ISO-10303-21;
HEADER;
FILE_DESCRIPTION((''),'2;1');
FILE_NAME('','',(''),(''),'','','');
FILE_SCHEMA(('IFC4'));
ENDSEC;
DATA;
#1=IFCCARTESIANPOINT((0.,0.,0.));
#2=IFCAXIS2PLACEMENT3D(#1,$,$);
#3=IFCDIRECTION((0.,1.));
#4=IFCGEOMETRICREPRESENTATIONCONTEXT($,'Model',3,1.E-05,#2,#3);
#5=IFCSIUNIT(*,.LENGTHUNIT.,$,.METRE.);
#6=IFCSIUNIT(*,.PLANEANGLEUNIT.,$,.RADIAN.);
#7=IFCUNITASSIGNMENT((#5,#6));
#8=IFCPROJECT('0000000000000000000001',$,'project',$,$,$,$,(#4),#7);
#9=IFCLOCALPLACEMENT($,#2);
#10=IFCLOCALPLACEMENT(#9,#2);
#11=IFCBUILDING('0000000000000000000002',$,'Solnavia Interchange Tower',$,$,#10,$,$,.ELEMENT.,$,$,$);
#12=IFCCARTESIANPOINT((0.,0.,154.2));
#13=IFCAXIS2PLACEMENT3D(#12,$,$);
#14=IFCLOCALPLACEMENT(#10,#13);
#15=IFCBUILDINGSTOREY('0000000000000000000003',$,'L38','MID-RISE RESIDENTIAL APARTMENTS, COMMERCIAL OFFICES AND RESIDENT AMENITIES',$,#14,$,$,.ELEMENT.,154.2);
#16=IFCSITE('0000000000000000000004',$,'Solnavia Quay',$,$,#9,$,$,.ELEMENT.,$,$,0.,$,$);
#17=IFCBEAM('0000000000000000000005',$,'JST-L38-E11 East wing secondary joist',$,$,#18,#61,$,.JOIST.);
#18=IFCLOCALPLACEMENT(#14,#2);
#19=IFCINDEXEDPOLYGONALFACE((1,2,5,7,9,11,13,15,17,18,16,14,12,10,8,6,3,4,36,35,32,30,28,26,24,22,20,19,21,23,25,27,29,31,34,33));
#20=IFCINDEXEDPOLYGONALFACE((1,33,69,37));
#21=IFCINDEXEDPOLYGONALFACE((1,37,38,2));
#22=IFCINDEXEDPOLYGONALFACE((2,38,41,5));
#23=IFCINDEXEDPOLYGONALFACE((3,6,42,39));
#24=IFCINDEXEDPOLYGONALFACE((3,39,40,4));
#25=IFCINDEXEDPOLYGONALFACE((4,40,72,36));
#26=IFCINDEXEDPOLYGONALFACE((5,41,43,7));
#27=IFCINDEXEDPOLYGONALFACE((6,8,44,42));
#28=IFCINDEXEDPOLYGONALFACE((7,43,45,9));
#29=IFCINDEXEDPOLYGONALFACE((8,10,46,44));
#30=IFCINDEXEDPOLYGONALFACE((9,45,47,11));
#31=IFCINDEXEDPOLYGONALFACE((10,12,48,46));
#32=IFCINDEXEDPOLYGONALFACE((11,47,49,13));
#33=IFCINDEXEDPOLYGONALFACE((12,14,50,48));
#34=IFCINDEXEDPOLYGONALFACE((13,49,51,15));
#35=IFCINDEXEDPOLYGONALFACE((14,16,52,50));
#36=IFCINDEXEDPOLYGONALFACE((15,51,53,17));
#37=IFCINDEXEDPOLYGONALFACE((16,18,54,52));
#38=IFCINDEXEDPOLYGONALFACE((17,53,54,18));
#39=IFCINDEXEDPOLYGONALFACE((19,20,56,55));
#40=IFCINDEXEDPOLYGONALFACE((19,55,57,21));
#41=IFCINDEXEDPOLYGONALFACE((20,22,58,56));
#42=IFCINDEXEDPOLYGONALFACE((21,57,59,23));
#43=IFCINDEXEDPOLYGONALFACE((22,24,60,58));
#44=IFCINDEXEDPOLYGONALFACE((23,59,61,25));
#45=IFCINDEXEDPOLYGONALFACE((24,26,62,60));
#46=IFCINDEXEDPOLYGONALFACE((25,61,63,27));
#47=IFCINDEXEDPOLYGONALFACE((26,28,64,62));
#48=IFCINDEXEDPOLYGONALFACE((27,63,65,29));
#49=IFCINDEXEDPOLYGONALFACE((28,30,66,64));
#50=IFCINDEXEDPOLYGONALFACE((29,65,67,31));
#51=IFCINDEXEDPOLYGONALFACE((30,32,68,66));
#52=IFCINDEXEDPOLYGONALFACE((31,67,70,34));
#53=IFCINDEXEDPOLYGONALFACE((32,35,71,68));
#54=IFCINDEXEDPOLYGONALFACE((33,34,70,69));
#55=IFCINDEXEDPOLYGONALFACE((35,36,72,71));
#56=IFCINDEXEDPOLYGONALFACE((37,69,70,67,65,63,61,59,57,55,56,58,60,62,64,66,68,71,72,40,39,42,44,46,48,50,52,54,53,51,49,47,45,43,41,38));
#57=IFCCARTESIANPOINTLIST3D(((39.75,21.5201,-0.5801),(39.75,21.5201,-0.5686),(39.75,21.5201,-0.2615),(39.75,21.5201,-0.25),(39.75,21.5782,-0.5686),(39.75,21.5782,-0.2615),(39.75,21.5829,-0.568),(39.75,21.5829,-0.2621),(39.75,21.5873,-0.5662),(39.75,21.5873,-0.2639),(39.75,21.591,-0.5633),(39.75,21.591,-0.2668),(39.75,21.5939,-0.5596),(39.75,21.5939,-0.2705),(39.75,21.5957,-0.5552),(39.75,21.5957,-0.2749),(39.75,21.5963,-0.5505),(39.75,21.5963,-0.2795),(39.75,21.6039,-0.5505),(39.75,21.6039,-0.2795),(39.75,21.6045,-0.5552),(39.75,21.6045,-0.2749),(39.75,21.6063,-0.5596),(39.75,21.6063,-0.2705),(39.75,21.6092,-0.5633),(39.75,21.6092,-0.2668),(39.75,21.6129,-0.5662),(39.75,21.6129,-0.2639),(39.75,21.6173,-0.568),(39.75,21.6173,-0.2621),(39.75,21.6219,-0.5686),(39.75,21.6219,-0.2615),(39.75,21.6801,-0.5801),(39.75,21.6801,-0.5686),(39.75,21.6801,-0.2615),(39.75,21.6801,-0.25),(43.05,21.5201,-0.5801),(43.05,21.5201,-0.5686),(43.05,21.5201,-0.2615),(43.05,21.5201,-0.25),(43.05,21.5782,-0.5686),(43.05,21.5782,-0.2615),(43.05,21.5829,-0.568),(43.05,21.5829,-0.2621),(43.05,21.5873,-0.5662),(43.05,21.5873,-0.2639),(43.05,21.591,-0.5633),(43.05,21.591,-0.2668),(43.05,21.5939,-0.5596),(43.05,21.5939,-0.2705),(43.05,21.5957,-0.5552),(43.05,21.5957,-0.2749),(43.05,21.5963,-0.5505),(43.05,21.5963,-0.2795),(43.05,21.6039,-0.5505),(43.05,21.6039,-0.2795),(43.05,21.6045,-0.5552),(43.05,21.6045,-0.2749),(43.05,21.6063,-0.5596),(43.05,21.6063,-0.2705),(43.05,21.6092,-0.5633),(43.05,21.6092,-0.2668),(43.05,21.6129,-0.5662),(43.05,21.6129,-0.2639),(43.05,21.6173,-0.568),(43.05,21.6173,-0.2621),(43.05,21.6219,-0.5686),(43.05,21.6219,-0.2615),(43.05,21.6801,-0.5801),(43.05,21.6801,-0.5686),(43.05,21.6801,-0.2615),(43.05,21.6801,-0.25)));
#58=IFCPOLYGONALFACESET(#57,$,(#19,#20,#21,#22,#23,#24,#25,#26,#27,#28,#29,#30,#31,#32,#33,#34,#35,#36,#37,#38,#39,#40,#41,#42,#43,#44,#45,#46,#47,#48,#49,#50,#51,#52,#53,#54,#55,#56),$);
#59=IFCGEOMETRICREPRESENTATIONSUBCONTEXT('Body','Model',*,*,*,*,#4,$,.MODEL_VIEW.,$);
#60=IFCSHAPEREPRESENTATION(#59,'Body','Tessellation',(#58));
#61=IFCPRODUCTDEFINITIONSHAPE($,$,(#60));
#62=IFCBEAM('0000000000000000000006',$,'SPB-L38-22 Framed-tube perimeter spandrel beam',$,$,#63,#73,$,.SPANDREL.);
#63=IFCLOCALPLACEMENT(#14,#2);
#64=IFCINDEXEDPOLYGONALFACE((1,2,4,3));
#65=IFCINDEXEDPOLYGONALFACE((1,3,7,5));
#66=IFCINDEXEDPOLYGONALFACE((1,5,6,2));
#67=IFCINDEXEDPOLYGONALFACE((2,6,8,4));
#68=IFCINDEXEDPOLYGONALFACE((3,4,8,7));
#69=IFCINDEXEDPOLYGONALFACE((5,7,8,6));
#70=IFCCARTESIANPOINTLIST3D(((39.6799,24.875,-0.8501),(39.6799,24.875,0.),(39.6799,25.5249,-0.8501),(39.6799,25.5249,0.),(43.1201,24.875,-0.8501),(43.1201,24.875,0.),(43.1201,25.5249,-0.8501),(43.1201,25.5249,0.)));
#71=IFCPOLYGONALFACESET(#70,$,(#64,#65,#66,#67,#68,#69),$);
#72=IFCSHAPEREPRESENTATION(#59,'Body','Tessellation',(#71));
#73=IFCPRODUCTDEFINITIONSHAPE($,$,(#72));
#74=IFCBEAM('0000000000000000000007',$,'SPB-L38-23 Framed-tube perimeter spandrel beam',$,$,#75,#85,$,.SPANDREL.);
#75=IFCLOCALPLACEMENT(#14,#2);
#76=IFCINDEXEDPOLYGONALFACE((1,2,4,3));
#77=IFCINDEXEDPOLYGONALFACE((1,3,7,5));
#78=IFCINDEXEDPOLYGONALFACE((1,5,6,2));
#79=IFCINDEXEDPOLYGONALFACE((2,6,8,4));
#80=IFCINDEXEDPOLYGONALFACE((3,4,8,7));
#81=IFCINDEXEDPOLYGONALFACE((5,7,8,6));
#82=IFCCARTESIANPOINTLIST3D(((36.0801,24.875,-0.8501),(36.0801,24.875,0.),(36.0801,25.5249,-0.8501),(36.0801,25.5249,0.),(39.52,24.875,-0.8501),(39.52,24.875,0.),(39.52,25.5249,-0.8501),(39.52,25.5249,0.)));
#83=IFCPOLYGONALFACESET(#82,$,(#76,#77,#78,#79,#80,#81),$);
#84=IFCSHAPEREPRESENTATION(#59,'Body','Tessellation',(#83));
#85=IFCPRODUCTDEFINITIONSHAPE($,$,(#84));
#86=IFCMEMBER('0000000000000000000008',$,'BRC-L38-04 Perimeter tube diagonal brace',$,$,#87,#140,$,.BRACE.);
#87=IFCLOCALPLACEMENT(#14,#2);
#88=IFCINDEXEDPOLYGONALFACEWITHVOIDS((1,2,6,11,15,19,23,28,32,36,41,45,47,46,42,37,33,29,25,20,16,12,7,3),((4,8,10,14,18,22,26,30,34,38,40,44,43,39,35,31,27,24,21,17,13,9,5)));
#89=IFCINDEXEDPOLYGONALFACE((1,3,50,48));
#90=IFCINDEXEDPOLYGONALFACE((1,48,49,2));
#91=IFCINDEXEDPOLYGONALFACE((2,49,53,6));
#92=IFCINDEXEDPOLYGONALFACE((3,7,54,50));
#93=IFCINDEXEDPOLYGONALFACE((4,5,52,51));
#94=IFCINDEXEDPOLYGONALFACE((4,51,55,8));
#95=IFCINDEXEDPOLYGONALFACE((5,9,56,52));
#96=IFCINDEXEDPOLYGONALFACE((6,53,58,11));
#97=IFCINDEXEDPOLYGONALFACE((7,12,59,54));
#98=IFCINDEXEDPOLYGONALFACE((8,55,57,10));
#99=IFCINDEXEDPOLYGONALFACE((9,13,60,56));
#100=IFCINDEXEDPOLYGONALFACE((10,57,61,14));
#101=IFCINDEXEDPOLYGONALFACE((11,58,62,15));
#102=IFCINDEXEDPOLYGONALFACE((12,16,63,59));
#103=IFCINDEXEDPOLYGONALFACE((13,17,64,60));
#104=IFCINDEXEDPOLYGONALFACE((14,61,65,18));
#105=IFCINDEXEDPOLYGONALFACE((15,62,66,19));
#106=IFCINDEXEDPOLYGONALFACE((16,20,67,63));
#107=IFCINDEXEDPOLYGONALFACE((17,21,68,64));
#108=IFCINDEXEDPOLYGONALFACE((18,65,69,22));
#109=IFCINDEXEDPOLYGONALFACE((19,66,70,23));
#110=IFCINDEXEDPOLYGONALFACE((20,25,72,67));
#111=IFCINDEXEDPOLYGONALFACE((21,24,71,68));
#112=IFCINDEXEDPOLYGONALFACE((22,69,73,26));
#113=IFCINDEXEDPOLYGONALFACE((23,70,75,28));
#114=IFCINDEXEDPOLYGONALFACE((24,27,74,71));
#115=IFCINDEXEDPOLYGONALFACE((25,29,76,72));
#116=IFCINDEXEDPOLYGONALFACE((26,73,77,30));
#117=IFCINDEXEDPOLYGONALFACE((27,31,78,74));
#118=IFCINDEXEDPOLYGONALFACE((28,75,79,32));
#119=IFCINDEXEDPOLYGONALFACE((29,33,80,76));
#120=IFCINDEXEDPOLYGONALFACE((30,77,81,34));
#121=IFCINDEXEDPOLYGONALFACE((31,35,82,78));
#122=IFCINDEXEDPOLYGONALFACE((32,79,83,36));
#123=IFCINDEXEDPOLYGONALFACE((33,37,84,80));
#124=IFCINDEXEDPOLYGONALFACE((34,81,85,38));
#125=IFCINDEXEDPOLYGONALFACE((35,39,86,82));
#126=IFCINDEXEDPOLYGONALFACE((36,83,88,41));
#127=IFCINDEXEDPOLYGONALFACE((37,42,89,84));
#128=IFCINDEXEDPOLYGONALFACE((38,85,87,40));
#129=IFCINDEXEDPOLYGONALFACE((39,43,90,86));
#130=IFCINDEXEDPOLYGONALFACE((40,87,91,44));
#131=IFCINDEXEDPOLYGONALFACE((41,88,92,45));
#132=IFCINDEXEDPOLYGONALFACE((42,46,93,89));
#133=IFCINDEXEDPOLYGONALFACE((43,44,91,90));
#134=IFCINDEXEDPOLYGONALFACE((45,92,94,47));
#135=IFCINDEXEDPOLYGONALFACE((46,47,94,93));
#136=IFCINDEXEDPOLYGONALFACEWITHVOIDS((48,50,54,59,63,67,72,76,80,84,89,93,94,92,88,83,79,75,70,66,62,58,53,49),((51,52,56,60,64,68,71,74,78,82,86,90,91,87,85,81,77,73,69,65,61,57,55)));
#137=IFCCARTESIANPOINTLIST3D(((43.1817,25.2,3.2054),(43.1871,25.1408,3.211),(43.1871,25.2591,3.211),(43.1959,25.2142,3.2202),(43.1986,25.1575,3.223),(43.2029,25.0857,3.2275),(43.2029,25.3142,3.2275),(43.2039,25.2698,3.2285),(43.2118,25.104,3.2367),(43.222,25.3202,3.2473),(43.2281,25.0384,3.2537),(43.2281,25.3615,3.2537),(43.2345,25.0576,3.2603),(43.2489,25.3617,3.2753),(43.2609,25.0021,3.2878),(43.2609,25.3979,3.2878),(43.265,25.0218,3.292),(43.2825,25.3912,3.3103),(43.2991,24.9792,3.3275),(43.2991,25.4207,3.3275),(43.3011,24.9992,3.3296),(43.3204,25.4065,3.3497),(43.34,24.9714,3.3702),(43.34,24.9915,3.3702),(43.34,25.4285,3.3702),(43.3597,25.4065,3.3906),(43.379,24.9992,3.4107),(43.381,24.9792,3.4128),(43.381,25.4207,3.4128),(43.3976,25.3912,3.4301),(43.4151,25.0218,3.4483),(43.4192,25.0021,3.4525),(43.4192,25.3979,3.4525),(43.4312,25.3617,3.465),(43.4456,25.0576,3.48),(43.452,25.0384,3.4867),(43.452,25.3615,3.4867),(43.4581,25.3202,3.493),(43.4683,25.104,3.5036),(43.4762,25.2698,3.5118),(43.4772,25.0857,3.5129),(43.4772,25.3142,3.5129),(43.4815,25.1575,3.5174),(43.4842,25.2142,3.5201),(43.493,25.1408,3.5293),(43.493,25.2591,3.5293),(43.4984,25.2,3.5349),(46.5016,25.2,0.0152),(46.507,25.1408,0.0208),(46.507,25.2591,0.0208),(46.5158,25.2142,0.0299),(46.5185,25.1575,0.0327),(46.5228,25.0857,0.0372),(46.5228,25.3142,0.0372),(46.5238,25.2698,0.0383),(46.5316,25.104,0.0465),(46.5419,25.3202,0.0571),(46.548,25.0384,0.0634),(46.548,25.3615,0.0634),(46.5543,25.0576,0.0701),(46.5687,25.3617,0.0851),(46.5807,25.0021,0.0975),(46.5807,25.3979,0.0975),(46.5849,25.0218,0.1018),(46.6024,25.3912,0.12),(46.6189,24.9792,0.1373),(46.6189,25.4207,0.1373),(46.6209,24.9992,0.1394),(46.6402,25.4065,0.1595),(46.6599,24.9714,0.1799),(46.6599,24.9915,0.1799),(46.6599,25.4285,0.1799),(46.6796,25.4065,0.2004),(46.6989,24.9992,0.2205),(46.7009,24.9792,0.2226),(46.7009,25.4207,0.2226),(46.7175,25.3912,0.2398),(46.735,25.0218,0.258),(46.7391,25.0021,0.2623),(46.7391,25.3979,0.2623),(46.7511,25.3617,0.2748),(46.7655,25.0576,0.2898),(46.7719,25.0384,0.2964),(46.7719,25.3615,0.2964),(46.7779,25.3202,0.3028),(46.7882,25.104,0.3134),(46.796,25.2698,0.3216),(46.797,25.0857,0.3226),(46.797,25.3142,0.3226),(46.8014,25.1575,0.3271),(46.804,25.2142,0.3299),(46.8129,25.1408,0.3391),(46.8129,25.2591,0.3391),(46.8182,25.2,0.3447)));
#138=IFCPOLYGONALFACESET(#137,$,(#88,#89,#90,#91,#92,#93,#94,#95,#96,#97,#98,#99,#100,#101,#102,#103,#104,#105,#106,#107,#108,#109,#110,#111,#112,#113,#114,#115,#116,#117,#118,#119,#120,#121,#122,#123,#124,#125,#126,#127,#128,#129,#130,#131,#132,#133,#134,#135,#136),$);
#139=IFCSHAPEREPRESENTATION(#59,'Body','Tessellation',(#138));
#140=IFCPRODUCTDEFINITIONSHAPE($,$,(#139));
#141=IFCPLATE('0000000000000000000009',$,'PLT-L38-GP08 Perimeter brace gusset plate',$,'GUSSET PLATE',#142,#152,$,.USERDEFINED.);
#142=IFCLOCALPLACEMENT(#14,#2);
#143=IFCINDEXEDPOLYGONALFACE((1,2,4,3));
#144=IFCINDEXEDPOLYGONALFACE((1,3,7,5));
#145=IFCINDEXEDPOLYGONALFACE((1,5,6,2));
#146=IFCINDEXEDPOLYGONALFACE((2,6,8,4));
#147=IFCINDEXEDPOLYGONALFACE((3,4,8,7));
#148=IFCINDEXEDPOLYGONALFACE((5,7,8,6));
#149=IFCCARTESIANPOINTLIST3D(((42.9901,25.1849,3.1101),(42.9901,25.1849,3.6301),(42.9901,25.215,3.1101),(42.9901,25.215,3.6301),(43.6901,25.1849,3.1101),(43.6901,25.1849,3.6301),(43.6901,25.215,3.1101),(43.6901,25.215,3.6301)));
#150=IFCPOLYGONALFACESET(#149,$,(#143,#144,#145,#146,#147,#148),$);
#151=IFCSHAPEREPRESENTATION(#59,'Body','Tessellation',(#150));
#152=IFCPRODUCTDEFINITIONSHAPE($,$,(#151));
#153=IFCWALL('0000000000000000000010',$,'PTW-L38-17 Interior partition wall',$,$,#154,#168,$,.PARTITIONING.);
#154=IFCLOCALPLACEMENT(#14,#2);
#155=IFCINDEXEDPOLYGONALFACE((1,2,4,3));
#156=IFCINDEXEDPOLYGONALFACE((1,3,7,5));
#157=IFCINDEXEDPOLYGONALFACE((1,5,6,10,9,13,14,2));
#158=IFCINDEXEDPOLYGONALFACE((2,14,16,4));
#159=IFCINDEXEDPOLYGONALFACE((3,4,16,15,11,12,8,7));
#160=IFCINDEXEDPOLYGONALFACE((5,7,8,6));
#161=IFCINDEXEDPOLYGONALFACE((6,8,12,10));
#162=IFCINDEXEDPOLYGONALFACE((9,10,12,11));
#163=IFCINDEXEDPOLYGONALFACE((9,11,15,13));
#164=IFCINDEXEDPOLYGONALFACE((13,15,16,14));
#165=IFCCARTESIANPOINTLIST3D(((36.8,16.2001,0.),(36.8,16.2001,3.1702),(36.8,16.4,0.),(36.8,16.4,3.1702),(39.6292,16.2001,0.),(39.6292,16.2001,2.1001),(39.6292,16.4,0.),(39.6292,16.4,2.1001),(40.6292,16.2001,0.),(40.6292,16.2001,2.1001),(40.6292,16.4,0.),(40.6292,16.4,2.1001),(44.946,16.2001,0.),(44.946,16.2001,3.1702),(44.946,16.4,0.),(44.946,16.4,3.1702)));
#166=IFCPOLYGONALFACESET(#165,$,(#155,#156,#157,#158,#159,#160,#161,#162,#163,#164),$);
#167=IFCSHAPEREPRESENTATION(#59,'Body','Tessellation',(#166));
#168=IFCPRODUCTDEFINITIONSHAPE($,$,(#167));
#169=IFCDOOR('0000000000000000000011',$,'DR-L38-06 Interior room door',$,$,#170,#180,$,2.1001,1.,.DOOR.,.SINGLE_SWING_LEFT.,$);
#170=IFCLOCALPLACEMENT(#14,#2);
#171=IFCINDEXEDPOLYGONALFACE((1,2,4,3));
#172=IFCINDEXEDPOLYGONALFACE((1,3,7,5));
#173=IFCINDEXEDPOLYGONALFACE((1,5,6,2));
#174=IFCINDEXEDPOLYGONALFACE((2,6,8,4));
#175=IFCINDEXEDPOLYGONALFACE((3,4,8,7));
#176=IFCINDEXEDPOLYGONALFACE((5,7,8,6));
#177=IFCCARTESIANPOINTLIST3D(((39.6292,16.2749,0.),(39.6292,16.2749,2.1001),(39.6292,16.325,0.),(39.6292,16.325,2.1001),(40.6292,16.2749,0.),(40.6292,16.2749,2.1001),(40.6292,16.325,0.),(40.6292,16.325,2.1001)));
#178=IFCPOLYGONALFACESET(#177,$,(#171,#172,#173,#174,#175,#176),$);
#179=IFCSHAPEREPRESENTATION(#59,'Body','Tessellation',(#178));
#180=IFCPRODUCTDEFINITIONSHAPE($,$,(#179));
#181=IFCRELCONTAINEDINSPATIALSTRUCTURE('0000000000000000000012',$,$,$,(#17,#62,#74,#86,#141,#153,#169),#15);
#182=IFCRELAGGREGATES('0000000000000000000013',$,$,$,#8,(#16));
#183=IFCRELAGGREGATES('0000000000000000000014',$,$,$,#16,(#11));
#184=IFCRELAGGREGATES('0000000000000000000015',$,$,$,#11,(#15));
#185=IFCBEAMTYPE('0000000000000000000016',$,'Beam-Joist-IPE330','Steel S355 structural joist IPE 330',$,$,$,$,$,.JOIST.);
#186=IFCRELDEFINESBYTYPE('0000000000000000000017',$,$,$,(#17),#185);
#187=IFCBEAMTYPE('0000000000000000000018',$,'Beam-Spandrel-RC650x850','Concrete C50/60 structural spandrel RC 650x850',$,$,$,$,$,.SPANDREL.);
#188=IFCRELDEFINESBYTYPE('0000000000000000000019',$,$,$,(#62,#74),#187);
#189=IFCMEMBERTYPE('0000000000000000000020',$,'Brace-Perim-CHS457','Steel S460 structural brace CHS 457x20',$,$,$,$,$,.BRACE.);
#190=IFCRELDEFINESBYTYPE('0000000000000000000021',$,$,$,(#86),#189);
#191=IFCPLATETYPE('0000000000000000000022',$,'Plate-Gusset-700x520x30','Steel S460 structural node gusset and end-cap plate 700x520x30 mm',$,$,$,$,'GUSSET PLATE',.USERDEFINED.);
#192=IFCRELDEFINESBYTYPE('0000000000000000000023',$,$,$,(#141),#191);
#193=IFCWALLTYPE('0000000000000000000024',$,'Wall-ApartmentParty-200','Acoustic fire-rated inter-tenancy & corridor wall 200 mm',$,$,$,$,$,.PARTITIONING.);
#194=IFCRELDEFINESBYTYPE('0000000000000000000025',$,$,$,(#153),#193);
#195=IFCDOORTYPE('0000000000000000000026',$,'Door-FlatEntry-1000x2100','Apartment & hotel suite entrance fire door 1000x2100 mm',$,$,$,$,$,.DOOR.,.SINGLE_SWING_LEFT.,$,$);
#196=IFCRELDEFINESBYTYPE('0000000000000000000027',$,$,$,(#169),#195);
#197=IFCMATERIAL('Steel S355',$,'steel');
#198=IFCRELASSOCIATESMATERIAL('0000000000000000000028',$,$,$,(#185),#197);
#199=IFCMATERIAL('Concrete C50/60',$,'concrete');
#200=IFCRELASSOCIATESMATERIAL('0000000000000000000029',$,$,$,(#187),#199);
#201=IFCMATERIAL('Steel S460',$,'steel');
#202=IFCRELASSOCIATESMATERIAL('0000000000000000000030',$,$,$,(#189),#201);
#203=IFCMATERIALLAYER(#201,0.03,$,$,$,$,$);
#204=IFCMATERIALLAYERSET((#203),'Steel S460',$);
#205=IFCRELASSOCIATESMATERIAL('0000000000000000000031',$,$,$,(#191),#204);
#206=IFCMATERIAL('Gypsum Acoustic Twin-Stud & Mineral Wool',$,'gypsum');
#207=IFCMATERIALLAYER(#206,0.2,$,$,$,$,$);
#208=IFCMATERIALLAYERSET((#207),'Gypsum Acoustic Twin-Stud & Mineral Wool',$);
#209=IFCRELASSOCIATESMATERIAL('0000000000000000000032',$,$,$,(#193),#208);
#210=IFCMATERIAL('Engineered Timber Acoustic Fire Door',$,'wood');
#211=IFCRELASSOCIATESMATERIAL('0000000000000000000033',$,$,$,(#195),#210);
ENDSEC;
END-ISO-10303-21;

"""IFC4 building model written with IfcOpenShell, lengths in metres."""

from ifc_helpers import new_model, si_unit, direction, frame, frame_2d, origin, origin_2d, place, context, subcontext, project, spatial, rectangle, hollow_circle, i_section, extrude, material, layer, layer_set, material_profile, profile_set, type_object, element, fill, save


model = new_model("IFC4")

# Units and contexts
model_context = context("Model", 3, precision=1e-05, world=origin(), true_north=direction((0.0, 1.0)))
body_context = subcontext(model_context, "Body", "Model", "MODEL_VIEW")
ifc_project = project(units=[si_unit("LENGTHUNIT", "METRE"), si_unit("PLANEANGLEUNIT", "RADIAN")], contexts=[model_context])

# Site, building, storey
site_placement = place(None, origin())
site = spatial("IfcSite", under=ifc_project, at=site_placement, Name="Solnavia Quay", CompositionType="ELEMENT", RefElevation=0.0)
building_placement = place(site_placement, origin())
building = spatial("IfcBuilding", under=site, at=building_placement, Name="Solnavia Interchange Tower", CompositionType="ELEMENT")
storey_placement = place(building_placement, frame((0.0, 0.0, 154.2)))
storey = spatial("IfcBuildingStorey", under=building, at=storey_placement, Name="L38", Description="MID-RISE RESIDENTIAL APARTMENTS, COMMERCIAL OFFICES AND RESIDENT AMENITIES", CompositionType="ELEMENT", Elevation=154.2)

# Shared definitions
ifc_material_1 = material(Name="Concrete C50/60", Category="concrete")

# Beams
ifc_material_2 = material(Name="Steel S355", Category="steel")
ifc_material_profile_1 = material_profile(ifc_material_2, i_section(OverallWidth=0.1599, OverallDepth=0.3301, WebThickness=0.0076, FlangeThickness=0.0115, FilletRadius=0.0181, at=origin_2d()), Name="IPE 330")
ifc_profile_set_1 = profile_set([ifc_material_profile_1], Name="Steel S355")
beam_type_1 = type_object("IfcBeamType", Name="Beam-Joist-IPE330", Description="Steel S355 structural joist IPE 330", PredefinedType="JOIST", material=ifc_profile_set_1)
for number, where, z_axis, x_axis, name in (
    (1, (39.75, 21.6001, -0.415), (1.0, 0.0, 0.0), (0.0, 1.0, 0.0), "JST-L38-E11 East wing secondary joist"),
):
    element("IfcBeam", number, at=place(storey_placement, frame(where, z_axis=z_axis, x_axis=x_axis)), inside=storey, type_object=beam_type_1, Name=name, PredefinedType="JOIST", context=body_context, shape_type="SweptSolid", body=[
        extrude(i_section(OverallWidth=0.1599, OverallDepth=0.3301, WebThickness=0.0076, FlangeThickness=0.0115, FilletRadius=0.0181, at=origin_2d()), origin(), (0.0, 0.0, 1.0), 3.3),
    ])
ifc_material_profile_2 = material_profile(ifc_material_1, rectangle(XDim=0.6499, YDim=0.8501, at=origin_2d()), Name="RC 650x850")
ifc_profile_set_2 = profile_set([ifc_material_profile_2], Name="Concrete C50/60")
beam_type_2 = type_object("IfcBeamType", Name="Beam-Spandrel-RC650x850", Description="Concrete C50/60 structural spandrel RC 650x850", PredefinedType="SPANDREL", material=ifc_profile_set_2)
beam_1_placement = place(storey_placement, frame((43.1201, 25.2, -0.425), z_axis=(-1.0, 0.0, 0.0), x_axis=(0.0, -1.0, 0.0)))
element("IfcBeam", 2, at=beam_1_placement, inside=storey, type_object=beam_type_2, Name="SPB-L38-22 Framed-tube perimeter spandrel beam", PredefinedType="SPANDREL", context=body_context, shape_type="SweptSolid", body=[
    extrude(rectangle(XDim=0.6499, YDim=0.8501, at=origin_2d()), origin(), (0.0, 0.0, 1.0), 3.4402),
])
beam_2_placement = place(storey_placement, frame((39.52, 25.2, -0.425), z_axis=(-1.0, 0.0, 0.0), x_axis=(0.0, -1.0, 0.0)))
element("IfcBeam", 3, at=beam_2_placement, inside=storey, type_object=beam_type_2, Name="SPB-L38-23 Framed-tube perimeter spandrel beam", PredefinedType="SPANDREL", context=body_context, shape_type="SweptSolid", body=[
    extrude(rectangle(XDim=0.6499, YDim=0.8501, at=origin_2d()), origin(), (0.0, 0.0, 1.0), 3.4399),
])

# Member
ifc_material_3 = material(Name="Steel S460", Category="steel")
ifc_material_profile_3 = material_profile(ifc_material_3, hollow_circle(Radius=0.2285, WallThickness=0.02, at=origin_2d()), Name="CHS 457x20")
ifc_profile_set_3 = profile_set([ifc_material_profile_3], Name="Steel S460")
member_type = type_object("IfcMemberType", Name="Brace-Perim-CHS457", Description="Steel S460 structural brace CHS 457x20", PredefinedType="BRACE", material=ifc_profile_set_3)
member_placement = place(storey_placement, frame((46.6599, 25.2, 0.1799), z_axis=(-0.721045, 0.0, 0.692888), x_axis=(0.0, -1.0, 0.0)))
element("IfcMember", 4, at=member_placement, inside=storey, type_object=member_type, Name="BRC-L38-04 Perimeter tube diagonal brace", PredefinedType="BRACE", context=body_context, shape_type="SweptSolid", body=[
    extrude(hollow_circle(Radius=0.2285, WallThickness=0.02, at=origin_2d()), origin(), (0.0, 0.0, 1.0), 4.6042),
])

# Plate
ifc_layer_1 = layer(ifc_material_3, 0.03)
ifc_layer_set_1 = layer_set([ifc_layer_1], Name="Steel S460")
plate_type = type_object("IfcPlateType", Name="Plate-Gusset-700x520x30", Description="Steel S460 structural node gusset and end-cap plate 700x520x30 mm", ElementType="GUSSET PLATE", PredefinedType="USERDEFINED", material=ifc_layer_set_1)
plate_placement = place(storey_placement, frame((43.3401, 25.2, 3.1101), z_axis=(0.0, 0.0, 1.0), x_axis=(-1.0, 0.0, 0.0)))
element("IfcPlate", 5, at=plate_placement, inside=storey, type_object=plate_type, Name="PLT-L38-GP08 Perimeter brace gusset plate", ObjectType="GUSSET PLATE", PredefinedType="USERDEFINED", context=body_context, shape_type="SweptSolid", body=[
    extrude(rectangle(XDim=0.7, YDim=0.03, at=origin_2d()), origin(), (0.0, 0.0, 1.0), 0.52),
])

# Wall, opening, door
ifc_material_4 = material(Name="Gypsum Acoustic Twin-Stud & Mineral Wool", Category="gypsum")
ifc_layer_2 = layer(ifc_material_4, 0.2)
ifc_layer_set_2 = layer_set([ifc_layer_2], Name="Gypsum Acoustic Twin-Stud & Mineral Wool")
wall_type_1 = type_object("IfcWallType", Name="Wall-ApartmentParty-200", Description="Acoustic fire-rated inter-tenancy & corridor wall 200 mm", PredefinedType="PARTITIONING", material=ifc_layer_set_2)
wall_1_placement = place(storey_placement, frame((36.8, 16.3, 0.0), z_axis=(0.0, 0.0, 1.0), x_axis=(1.0, 0.0, 0.0)))
wall_1 = element("IfcWall", 6, at=wall_1_placement, inside=storey, type_object=wall_type_1, Name="PTW-L38-17 Interior partition wall", PredefinedType="PARTITIONING", context=body_context, shape_type="SweptSolid", body=[
    extrude(rectangle(XDim=8.146, YDim=0.2, at=frame_2d((4.073, 0.0))), origin(), (0.0, 0.0, 1.0), 3.1702),
])
opening_1_placement = place(wall_1_placement, frame((2.8291, 0.0, 0.0)))
opening_1 = element("IfcOpeningElement", 7, at=opening_1_placement, cuts=wall_1, PredefinedType="OPENING", context=body_context, shape_type="SweptSolid", body=[
    extrude(rectangle(XDim=1.0, YDim=2.1001, at=frame_2d((0.5, 1.05))), frame((0.0, 0.1099, 0.0), z_axis=(0.0, -1.0, 0.0), x_axis=(1.0, 0.0, 0.0)), (0.0, 0.0, 1.0), 0.22),
])
ifc_material_5 = material(Name="Engineered Timber Acoustic Fire Door", Category="wood")
door_type_1 = type_object("IfcDoorType", Name="Door-FlatEntry-1000x2100", Description="Apartment & hotel suite entrance fire door 1000x2100 mm", OperationType="SINGLE_SWING_LEFT", PredefinedType="DOOR", material=ifc_material_5)
door_1_placement = place(opening_1_placement, origin())
door_1 = element("IfcDoor", 8, at=door_1_placement, inside=storey, type_object=door_type_1, Name="DR-L38-06 Interior room door", OperationType="SINGLE_SWING_LEFT", OverallHeight=2.1001, OverallWidth=1.0, PredefinedType="DOOR", context=body_context, shape_type="SweptSolid", body=[
    extrude(rectangle(XDim=1.0, YDim=2.1001, at=frame_2d((0.5, 1.05))), frame((0.0, 0.0249, 0.0), z_axis=(0.0, -1.0, 0.0), x_axis=(1.0, 0.0, 0.0)), (0.0, 0.0, 1.0), 0.05),
])
fill(opening_1, door_1)

save(model, "model.ifc")
